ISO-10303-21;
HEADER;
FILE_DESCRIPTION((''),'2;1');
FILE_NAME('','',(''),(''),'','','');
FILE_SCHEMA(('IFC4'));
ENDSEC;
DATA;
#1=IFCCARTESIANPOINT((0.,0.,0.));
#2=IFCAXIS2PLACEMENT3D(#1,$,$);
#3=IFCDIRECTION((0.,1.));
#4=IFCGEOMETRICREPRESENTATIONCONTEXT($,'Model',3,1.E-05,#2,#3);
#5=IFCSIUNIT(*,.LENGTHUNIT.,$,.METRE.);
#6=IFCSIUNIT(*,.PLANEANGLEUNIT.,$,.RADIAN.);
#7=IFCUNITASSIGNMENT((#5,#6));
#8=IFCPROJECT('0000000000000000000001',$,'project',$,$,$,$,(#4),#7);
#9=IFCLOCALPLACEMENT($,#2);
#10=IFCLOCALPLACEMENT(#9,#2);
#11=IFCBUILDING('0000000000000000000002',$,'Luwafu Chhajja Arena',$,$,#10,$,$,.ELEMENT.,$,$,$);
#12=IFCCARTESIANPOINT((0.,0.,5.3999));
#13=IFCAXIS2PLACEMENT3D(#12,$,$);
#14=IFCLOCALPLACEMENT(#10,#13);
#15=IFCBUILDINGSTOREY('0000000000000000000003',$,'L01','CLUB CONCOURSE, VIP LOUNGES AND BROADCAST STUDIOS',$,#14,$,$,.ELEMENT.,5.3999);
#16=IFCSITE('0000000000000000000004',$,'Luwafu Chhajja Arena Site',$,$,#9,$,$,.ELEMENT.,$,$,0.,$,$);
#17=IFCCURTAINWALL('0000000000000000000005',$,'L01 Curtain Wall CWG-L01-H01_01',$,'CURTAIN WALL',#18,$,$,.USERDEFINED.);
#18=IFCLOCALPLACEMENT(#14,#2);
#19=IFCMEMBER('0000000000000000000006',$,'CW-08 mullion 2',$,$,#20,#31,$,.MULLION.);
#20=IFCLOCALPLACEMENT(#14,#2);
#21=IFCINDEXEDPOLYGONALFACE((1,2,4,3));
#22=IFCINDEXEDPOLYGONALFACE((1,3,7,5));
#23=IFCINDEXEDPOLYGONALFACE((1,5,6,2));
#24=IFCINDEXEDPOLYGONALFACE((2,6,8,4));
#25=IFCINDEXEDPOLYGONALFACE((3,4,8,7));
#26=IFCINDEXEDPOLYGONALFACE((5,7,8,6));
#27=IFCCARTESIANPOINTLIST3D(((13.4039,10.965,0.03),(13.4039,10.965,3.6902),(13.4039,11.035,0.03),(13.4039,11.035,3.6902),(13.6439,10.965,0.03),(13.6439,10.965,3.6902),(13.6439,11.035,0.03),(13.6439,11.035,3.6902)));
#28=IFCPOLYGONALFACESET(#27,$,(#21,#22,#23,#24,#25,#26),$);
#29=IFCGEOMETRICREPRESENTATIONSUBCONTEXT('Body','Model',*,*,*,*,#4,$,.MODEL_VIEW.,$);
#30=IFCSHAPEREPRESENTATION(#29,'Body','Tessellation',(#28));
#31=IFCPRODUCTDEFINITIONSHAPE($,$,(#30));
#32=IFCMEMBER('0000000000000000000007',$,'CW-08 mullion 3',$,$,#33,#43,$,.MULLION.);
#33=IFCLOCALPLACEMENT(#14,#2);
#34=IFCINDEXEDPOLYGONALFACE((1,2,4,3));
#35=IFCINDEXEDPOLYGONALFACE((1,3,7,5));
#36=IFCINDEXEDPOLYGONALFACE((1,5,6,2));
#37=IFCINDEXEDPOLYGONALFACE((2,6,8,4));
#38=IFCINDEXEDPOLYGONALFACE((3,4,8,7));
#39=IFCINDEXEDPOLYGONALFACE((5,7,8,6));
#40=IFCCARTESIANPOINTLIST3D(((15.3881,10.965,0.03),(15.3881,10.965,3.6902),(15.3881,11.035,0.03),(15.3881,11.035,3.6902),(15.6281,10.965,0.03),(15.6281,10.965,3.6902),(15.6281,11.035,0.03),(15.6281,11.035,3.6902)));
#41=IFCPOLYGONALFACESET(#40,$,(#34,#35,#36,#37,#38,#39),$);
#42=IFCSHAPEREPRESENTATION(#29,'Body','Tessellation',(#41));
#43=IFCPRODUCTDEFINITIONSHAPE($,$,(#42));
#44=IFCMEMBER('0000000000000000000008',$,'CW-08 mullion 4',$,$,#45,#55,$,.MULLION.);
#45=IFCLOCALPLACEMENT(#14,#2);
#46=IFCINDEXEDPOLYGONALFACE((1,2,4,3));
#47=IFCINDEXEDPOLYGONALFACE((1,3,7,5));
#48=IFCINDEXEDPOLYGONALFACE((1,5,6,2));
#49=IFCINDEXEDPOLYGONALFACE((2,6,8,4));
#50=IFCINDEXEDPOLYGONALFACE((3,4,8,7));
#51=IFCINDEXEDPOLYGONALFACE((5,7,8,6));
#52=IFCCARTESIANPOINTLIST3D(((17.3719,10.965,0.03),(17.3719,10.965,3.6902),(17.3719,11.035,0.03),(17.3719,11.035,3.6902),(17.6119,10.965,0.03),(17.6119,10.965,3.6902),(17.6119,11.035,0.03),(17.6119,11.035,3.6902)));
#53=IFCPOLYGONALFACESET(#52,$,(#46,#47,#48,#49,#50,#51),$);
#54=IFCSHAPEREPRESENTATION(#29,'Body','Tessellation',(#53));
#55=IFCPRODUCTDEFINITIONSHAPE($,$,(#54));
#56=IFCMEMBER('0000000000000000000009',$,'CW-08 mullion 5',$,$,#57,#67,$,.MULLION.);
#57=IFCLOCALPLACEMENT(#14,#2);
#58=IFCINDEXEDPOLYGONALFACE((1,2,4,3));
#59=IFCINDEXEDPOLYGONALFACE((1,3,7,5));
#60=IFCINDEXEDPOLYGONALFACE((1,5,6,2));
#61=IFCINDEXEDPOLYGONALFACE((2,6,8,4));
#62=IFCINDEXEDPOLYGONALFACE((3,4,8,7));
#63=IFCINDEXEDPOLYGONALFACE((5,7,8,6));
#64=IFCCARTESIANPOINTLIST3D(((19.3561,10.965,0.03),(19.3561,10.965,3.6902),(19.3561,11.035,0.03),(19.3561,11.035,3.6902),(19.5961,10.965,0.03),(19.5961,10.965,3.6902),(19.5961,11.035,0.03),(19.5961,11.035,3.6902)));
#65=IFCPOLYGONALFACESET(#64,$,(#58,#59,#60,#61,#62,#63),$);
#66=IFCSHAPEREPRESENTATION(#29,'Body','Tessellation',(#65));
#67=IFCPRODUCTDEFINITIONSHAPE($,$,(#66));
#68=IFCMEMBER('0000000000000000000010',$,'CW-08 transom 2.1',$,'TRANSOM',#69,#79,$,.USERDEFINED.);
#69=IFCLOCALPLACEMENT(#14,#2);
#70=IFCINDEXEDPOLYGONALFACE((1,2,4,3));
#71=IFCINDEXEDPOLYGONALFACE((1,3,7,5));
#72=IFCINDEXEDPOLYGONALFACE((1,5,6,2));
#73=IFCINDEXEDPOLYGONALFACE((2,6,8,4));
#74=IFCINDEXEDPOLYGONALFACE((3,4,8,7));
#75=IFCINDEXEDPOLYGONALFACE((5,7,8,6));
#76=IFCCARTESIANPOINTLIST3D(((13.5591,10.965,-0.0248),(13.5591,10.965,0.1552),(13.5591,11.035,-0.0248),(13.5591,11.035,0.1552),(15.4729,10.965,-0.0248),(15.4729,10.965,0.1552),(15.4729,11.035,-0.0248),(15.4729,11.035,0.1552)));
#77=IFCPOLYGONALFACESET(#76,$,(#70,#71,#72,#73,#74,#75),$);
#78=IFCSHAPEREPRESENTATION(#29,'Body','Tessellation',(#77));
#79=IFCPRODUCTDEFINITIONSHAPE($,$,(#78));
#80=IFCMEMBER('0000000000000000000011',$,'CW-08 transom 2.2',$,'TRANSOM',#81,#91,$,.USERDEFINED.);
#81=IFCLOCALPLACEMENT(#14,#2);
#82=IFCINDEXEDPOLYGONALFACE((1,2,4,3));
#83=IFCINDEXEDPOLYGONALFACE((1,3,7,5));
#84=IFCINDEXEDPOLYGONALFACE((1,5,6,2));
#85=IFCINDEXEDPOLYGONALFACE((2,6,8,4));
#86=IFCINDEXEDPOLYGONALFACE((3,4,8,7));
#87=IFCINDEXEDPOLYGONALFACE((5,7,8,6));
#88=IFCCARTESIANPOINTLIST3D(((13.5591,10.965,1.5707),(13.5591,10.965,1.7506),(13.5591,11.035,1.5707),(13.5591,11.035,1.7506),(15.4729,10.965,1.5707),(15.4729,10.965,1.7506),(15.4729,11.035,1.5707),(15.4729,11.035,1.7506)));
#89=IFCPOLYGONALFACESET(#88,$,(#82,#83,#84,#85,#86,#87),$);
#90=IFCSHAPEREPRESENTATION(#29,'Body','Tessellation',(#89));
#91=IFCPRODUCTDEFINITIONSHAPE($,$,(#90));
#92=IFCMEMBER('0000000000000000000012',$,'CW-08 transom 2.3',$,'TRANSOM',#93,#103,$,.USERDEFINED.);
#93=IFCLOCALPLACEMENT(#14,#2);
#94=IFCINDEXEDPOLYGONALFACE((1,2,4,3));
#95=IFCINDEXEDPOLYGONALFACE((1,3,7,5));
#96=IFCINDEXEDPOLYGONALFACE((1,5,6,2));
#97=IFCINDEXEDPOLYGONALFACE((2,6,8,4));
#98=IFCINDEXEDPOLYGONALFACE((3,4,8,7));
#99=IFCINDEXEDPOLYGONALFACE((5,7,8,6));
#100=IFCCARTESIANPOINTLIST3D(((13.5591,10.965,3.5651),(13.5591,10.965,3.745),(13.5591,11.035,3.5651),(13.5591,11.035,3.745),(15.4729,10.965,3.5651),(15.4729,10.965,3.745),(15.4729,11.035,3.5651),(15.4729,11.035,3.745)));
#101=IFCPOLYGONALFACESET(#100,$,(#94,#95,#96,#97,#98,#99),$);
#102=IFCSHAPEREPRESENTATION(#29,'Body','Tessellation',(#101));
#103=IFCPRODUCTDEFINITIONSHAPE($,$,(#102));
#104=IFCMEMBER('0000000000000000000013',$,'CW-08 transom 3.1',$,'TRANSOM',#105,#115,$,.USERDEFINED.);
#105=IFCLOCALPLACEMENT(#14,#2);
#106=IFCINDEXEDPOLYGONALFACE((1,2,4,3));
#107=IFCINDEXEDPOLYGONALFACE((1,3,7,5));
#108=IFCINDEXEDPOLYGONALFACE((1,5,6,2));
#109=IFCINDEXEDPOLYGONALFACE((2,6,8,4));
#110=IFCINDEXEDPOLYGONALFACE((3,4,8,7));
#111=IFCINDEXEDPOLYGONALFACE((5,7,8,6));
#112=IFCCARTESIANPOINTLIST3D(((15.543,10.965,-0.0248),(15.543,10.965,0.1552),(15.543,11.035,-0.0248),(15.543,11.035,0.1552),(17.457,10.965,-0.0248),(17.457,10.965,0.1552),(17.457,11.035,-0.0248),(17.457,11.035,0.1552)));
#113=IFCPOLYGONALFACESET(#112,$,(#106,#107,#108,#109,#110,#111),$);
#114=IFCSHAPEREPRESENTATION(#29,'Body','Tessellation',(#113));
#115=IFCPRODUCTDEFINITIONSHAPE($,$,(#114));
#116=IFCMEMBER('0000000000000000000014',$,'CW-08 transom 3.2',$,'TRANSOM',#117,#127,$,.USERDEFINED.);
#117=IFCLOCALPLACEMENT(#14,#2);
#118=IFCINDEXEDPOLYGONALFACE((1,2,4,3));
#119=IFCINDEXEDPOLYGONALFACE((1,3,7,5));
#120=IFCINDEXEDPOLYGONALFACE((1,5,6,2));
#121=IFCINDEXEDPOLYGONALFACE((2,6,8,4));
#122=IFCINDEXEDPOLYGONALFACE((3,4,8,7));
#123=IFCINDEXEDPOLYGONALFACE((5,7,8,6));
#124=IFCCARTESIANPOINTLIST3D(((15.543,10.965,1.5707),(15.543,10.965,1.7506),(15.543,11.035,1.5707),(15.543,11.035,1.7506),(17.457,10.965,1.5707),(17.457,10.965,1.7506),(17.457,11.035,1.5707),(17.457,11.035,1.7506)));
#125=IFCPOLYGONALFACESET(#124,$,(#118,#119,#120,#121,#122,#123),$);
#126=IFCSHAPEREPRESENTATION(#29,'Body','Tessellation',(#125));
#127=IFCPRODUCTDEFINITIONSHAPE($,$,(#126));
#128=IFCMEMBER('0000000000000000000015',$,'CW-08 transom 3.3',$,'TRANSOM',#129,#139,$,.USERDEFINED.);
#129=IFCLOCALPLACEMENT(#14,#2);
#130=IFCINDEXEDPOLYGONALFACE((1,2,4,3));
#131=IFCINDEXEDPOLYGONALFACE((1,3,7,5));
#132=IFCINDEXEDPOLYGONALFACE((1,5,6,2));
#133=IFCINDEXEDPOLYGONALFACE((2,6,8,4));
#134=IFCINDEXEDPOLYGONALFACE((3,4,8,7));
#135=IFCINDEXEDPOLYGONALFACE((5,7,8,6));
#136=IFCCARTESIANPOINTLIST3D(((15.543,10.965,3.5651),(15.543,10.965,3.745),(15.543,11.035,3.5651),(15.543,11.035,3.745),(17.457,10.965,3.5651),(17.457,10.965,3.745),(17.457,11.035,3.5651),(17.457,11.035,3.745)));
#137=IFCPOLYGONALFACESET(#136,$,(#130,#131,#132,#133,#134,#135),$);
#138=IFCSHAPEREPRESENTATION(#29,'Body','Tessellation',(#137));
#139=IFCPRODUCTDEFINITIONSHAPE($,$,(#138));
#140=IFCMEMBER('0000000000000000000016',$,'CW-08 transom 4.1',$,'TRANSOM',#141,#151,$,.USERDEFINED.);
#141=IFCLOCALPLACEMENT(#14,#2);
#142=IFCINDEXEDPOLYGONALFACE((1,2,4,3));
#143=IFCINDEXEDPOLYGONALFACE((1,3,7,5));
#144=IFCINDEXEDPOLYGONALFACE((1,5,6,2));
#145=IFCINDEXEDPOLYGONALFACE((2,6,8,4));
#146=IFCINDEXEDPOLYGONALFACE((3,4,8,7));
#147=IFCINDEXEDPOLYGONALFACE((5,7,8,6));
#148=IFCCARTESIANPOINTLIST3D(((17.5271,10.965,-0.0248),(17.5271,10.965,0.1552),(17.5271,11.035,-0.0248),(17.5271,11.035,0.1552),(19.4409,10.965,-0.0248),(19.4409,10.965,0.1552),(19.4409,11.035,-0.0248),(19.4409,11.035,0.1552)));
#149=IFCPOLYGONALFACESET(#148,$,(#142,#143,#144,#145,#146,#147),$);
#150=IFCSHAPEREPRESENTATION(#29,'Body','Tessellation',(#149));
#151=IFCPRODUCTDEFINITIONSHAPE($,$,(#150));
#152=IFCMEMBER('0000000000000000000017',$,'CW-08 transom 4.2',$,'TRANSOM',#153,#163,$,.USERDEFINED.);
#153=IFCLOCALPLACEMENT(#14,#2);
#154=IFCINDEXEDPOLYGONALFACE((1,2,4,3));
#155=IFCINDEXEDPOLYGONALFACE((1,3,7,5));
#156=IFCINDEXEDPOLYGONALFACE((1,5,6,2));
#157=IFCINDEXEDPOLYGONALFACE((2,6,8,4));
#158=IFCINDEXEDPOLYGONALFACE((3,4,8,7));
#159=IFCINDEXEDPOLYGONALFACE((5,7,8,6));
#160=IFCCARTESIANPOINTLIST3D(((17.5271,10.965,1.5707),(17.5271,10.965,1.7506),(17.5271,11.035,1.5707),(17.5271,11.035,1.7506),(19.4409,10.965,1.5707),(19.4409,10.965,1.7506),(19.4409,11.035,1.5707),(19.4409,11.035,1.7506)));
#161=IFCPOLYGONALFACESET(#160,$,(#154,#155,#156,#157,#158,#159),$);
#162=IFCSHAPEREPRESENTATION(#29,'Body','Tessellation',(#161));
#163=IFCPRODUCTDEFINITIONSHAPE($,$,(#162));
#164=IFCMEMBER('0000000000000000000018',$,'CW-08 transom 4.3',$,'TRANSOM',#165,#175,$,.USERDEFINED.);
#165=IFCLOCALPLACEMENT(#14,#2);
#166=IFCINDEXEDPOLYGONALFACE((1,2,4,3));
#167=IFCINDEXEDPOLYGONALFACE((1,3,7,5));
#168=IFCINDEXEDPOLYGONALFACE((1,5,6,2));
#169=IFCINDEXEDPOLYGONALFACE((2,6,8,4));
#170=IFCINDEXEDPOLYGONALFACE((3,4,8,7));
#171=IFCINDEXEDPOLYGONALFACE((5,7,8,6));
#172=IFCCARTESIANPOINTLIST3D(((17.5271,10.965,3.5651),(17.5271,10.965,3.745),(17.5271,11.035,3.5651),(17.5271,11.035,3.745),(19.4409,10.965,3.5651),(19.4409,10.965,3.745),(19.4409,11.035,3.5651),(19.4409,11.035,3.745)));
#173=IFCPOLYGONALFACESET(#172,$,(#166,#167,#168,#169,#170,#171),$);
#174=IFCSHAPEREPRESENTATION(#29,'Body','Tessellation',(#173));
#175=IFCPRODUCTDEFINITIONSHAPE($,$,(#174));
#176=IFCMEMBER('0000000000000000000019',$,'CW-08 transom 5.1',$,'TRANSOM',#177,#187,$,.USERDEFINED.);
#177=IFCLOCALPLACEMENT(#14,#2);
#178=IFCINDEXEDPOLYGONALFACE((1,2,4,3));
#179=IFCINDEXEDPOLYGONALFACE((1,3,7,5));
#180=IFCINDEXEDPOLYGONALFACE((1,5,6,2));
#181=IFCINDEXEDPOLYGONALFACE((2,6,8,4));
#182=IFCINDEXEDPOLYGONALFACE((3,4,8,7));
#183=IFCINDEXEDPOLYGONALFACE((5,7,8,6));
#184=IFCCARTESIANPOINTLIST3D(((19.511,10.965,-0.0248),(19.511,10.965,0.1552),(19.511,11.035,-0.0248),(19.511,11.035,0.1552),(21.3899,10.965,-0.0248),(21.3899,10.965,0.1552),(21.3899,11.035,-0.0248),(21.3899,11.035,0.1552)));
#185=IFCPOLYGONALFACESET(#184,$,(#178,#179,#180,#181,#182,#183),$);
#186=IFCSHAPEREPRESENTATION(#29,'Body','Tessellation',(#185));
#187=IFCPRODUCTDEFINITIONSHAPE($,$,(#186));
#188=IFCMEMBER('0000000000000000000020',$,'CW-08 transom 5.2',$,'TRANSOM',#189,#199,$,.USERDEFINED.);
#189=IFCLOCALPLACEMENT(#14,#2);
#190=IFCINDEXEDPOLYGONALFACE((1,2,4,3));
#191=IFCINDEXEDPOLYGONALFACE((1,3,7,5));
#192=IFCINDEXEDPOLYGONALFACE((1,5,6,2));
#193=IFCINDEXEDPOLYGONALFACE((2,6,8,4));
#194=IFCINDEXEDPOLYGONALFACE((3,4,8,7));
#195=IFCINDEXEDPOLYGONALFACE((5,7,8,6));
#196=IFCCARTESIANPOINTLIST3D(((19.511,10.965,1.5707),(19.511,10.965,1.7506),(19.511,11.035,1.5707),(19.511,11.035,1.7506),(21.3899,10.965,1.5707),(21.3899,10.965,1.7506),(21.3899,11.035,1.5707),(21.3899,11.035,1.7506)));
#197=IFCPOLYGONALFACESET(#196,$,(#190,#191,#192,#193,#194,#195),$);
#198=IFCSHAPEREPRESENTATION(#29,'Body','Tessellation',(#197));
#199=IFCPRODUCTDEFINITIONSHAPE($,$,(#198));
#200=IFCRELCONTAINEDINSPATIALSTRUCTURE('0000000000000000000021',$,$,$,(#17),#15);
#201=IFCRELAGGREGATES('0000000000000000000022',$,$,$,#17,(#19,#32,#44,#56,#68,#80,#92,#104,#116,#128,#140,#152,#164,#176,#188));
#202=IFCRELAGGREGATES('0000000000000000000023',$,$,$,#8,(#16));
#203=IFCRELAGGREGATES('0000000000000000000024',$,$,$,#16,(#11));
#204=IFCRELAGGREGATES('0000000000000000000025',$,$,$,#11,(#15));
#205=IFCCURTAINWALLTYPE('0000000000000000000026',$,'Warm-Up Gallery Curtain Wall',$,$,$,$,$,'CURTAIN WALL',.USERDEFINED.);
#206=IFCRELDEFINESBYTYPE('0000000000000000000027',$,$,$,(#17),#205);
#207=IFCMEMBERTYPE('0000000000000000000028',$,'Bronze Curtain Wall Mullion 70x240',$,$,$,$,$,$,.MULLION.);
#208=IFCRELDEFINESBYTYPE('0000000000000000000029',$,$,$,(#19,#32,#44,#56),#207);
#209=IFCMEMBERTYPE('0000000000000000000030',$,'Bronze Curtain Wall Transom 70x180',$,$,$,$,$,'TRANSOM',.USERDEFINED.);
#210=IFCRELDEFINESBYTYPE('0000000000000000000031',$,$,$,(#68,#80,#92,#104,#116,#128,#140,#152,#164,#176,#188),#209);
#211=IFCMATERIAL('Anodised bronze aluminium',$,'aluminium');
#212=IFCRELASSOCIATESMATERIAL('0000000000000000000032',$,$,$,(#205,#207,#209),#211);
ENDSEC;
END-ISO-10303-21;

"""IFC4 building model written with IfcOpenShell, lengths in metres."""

from ifc_helpers import new_model, si_unit, direction, frame, origin, origin_2d, place, context, subcontext, project, spatial, rectangle, extrude, material, material_profile, profile_set, type_object, element, aggregate, save


model = new_model("IFC4")

# Units and contexts
model_context = context("Model", 3, precision=1e-05, world=origin(), true_north=direction((0.0, 1.0)))
body_context = subcontext(model_context, "Body", "Model", "MODEL_VIEW")
ifc_project = project(units=[si_unit("LENGTHUNIT", "METRE"), si_unit("PLANEANGLEUNIT", "RADIAN")], contexts=[model_context])

# Site, building, storey
site_placement = place(None, origin())
site = spatial("IfcSite", under=ifc_project, at=site_placement, Name="Luwafu Chhajja Arena Site", CompositionType="ELEMENT", RefElevation=0.0)
building_placement = place(site_placement, origin())
building = spatial("IfcBuilding", under=site, at=building_placement, Name="Luwafu Chhajja Arena", CompositionType="ELEMENT")
storey_placement = place(building_placement, frame((0.0, 0.0, 5.3999)))
storey = spatial("IfcBuildingStorey", under=building, at=storey_placement, Name="L01", Description="CLUB CONCOURSE, VIP LOUNGES AND BROADCAST STUDIOS", CompositionType="ELEMENT", Elevation=5.3999)

# Curtain wall, members
ifc_material_1 = material(Name="Anodised bronze aluminium", Category="aluminium")
curtain_wall_type_1 = type_object("IfcCurtainWallType", Name="Warm-Up Gallery Curtain Wall", ElementType="CURTAIN WALL", PredefinedType="USERDEFINED", material=ifc_material_1)
curtain_wall_1_placement = place(storey_placement, origin())
curtain_wall_1 = element("IfcCurtainWall", 1, at=curtain_wall_1_placement, inside=storey, type_object=curtain_wall_type_1, Name="L01 Curtain Wall CWG-L01-H01_01", ObjectType="CURTAIN WALL", PredefinedType="USERDEFINED")
ifc_material_profile_1 = material_profile(ifc_material_1, rectangle(XDim=0.0701, YDim=0.24, at=origin_2d()), Name="CWM 70x240")
ifc_profile_set_1 = profile_set([ifc_material_profile_1], Name="Anodised bronze aluminium")
member_type_1 = type_object("IfcMemberType", Name="Bronze Curtain Wall Mullion 70x240", PredefinedType="MULLION", material=ifc_profile_set_1)
member_1_placement = place(storey_placement, frame((13.5239, 11.0, 0.03), z_axis=(0.0, 0.0, 1.0), x_axis=(0.0, 1.0, 0.0)))
member_1 = element("IfcMember", 2, at=member_1_placement, type_object=member_type_1, Name="CW-08 mullion 2", PredefinedType="MULLION", context=body_context, shape_type="SweptSolid", body=[
    extrude(rectangle(XDim=0.0701, YDim=0.24, at=origin_2d()), origin(), (0.0, 0.0, 1.0), 3.6602),
])
member_2_placement = place(storey_placement, frame((15.5081, 11.0, 0.03), z_axis=(0.0, 0.0, 1.0), x_axis=(0.0, 1.0, 0.0)))
member_2 = element("IfcMember", 3, at=member_2_placement, type_object=member_type_1, Name="CW-08 mullion 3", PredefinedType="MULLION", context=body_context, shape_type="SweptSolid", body=[
    extrude(rectangle(XDim=0.0701, YDim=0.24, at=origin_2d()), origin(), (0.0, 0.0, 1.0), 3.6602),
])
member_3_placement = place(storey_placement, frame((17.4919, 11.0, 0.03), z_axis=(0.0, 0.0, 1.0), x_axis=(0.0, 1.0, 0.0)))
member_3 = element("IfcMember", 4, at=member_3_placement, type_object=member_type_1, Name="CW-08 mullion 4", PredefinedType="MULLION", context=body_context, shape_type="SweptSolid", body=[
    extrude(rectangle(XDim=0.0701, YDim=0.24, at=origin_2d()), origin(), (0.0, 0.0, 1.0), 3.6602),
])
member_4_placement = place(storey_placement, frame((19.4761, 11.0, 0.03), z_axis=(0.0, 0.0, 1.0), x_axis=(0.0, 1.0, 0.0)))
member_4 = element("IfcMember", 5, at=member_4_placement, type_object=member_type_1, Name="CW-08 mullion 5", PredefinedType="MULLION", context=body_context, shape_type="SweptSolid", body=[
    extrude(rectangle(XDim=0.0701, YDim=0.24, at=origin_2d()), origin(), (0.0, 0.0, 1.0), 3.6602),
])
ifc_material_profile_2 = material_profile(ifc_material_1, rectangle(XDim=0.0701, YDim=0.1799, at=origin_2d()), Name="CWT 70x180")
ifc_profile_set_2 = profile_set([ifc_material_profile_2], Name="Anodised bronze aluminium")
member_type_2 = type_object("IfcMemberType", Name="Bronze Curtain Wall Transom 70x180", ElementType="TRANSOM", PredefinedType="USERDEFINED", material=ifc_profile_set_2)
member_5_placement = place(storey_placement, frame((13.5591, 11.0, 0.0652), z_axis=(1.0, 0.0, 0.0), x_axis=(0.0, 1.0, 0.0)))
member_5 = element("IfcMember", 6, at=member_5_placement, type_object=member_type_2, Name="CW-08 transom 2.1", ObjectType="TRANSOM", PredefinedType="USERDEFINED", context=body_context, shape_type="SweptSolid", body=[
    extrude(rectangle(XDim=0.0701, YDim=0.1799, at=origin_2d()), origin(), (0.0, 0.0, 1.0), 1.9138),
])
member_6_placement = place(storey_placement, frame((13.5591, 11.0, 1.6606), z_axis=(1.0, 0.0, 0.0), x_axis=(0.0, 1.0, 0.0)))
member_6 = element("IfcMember", 7, at=member_6_placement, type_object=member_type_2, Name="CW-08 transom 2.2", ObjectType="TRANSOM", PredefinedType="USERDEFINED", context=body_context, shape_type="SweptSolid", body=[
    extrude(rectangle(XDim=0.0701, YDim=0.1799, at=origin_2d()), origin(), (0.0, 0.0, 1.0), 1.9138),
])
member_7_placement = place(storey_placement, frame((13.5591, 11.0, 3.655), z_axis=(1.0, 0.0, 0.0), x_axis=(0.0, 1.0, 0.0)))
member_7 = element("IfcMember", 8, at=member_7_placement, type_object=member_type_2, Name="CW-08 transom 2.3", ObjectType="TRANSOM", PredefinedType="USERDEFINED", context=body_context, shape_type="SweptSolid", body=[
    extrude(rectangle(XDim=0.0701, YDim=0.1799, at=origin_2d()), origin(), (0.0, 0.0, 1.0), 1.9138),
])
member_8_placement = place(storey_placement, frame((15.543, 11.0, 0.0652), z_axis=(1.0, 0.0, 0.0), x_axis=(0.0, 1.0, 0.0)))
member_8 = element("IfcMember", 9, at=member_8_placement, type_object=member_type_2, Name="CW-08 transom 3.1", ObjectType="TRANSOM", PredefinedType="USERDEFINED", context=body_context, shape_type="SweptSolid", body=[
    extrude(rectangle(XDim=0.0701, YDim=0.1799, at=origin_2d()), origin(), (0.0, 0.0, 1.0), 1.9141),
])
member_9_placement = place(storey_placement, frame((15.543, 11.0, 1.6606), z_axis=(1.0, 0.0, 0.0), x_axis=(0.0, 1.0, 0.0)))
member_9 = element("IfcMember", 10, at=member_9_placement, type_object=member_type_2, Name="CW-08 transom 3.2", ObjectType="TRANSOM", PredefinedType="USERDEFINED", context=body_context, shape_type="SweptSolid", body=[
    extrude(rectangle(XDim=0.0701, YDim=0.1799, at=origin_2d()), origin(), (0.0, 0.0, 1.0), 1.9141),
])
member_10_placement = place(storey_placement, frame((15.543, 11.0, 3.655), z_axis=(1.0, 0.0, 0.0), x_axis=(0.0, 1.0, 0.0)))
member_10 = element("IfcMember", 11, at=member_10_placement, type_object=member_type_2, Name="CW-08 transom 3.3", ObjectType="TRANSOM", PredefinedType="USERDEFINED", context=body_context, shape_type="SweptSolid", body=[
    extrude(rectangle(XDim=0.0701, YDim=0.1799, at=origin_2d()), origin(), (0.0, 0.0, 1.0), 1.9141),
])
member_11_placement = place(storey_placement, frame((17.5271, 11.0, 0.0652), z_axis=(1.0, 0.0, 0.0), x_axis=(0.0, 1.0, 0.0)))
member_11 = element("IfcMember", 12, at=member_11_placement, type_object=member_type_2, Name="CW-08 transom 4.1", ObjectType="TRANSOM", PredefinedType="USERDEFINED", context=body_context, shape_type="SweptSolid", body=[
    extrude(rectangle(XDim=0.0701, YDim=0.1799, at=origin_2d()), origin(), (0.0, 0.0, 1.0), 1.9138),
])
member_12_placement = place(storey_placement, frame((17.5271, 11.0, 1.6606), z_axis=(1.0, 0.0, 0.0), x_axis=(0.0, 1.0, 0.0)))
member_12 = element("IfcMember", 13, at=member_12_placement, type_object=member_type_2, Name="CW-08 transom 4.2", ObjectType="TRANSOM", PredefinedType="USERDEFINED", context=body_context, shape_type="SweptSolid", body=[
    extrude(rectangle(XDim=0.0701, YDim=0.1799, at=origin_2d()), origin(), (0.0, 0.0, 1.0), 1.9138),
])
member_13_placement = place(storey_placement, frame((17.5271, 11.0, 3.655), z_axis=(1.0, 0.0, 0.0), x_axis=(0.0, 1.0, 0.0)))
member_13 = element("IfcMember", 14, at=member_13_placement, type_object=member_type_2, Name="CW-08 transom 4.3", ObjectType="TRANSOM", PredefinedType="USERDEFINED", context=body_context, shape_type="SweptSolid", body=[
    extrude(rectangle(XDim=0.0701, YDim=0.1799, at=origin_2d()), origin(), (0.0, 0.0, 1.0), 1.9138),
])
member_14_placement = place(storey_placement, frame((19.511, 11.0, 0.0652), z_axis=(1.0, 0.0, 0.0), x_axis=(0.0, 1.0, 0.0)))
member_14 = element("IfcMember", 15, at=member_14_placement, type_object=member_type_2, Name="CW-08 transom 5.1", ObjectType="TRANSOM", PredefinedType="USERDEFINED", context=body_context, shape_type="SweptSolid", body=[
    extrude(rectangle(XDim=0.0701, YDim=0.1799, at=origin_2d()), origin(), (0.0, 0.0, 1.0), 1.8789),
])
member_15_placement = place(storey_placement, frame((19.511, 11.0, 1.6606), z_axis=(1.0, 0.0, 0.0), x_axis=(0.0, 1.0, 0.0)))
member_15 = element("IfcMember", 16, at=member_15_placement, type_object=member_type_2, Name="CW-08 transom 5.2", ObjectType="TRANSOM", PredefinedType="USERDEFINED", context=body_context, shape_type="SweptSolid", body=[
    extrude(rectangle(XDim=0.0701, YDim=0.1799, at=origin_2d()), origin(), (0.0, 0.0, 1.0), 1.8789),
])

aggregate(curtain_wall_1, [member_1, member_2, member_3, member_4, member_5, member_6, member_7, member_8, member_9, member_10, member_11, member_12, member_13, member_14, member_15])

save(model, "model.ifc")
